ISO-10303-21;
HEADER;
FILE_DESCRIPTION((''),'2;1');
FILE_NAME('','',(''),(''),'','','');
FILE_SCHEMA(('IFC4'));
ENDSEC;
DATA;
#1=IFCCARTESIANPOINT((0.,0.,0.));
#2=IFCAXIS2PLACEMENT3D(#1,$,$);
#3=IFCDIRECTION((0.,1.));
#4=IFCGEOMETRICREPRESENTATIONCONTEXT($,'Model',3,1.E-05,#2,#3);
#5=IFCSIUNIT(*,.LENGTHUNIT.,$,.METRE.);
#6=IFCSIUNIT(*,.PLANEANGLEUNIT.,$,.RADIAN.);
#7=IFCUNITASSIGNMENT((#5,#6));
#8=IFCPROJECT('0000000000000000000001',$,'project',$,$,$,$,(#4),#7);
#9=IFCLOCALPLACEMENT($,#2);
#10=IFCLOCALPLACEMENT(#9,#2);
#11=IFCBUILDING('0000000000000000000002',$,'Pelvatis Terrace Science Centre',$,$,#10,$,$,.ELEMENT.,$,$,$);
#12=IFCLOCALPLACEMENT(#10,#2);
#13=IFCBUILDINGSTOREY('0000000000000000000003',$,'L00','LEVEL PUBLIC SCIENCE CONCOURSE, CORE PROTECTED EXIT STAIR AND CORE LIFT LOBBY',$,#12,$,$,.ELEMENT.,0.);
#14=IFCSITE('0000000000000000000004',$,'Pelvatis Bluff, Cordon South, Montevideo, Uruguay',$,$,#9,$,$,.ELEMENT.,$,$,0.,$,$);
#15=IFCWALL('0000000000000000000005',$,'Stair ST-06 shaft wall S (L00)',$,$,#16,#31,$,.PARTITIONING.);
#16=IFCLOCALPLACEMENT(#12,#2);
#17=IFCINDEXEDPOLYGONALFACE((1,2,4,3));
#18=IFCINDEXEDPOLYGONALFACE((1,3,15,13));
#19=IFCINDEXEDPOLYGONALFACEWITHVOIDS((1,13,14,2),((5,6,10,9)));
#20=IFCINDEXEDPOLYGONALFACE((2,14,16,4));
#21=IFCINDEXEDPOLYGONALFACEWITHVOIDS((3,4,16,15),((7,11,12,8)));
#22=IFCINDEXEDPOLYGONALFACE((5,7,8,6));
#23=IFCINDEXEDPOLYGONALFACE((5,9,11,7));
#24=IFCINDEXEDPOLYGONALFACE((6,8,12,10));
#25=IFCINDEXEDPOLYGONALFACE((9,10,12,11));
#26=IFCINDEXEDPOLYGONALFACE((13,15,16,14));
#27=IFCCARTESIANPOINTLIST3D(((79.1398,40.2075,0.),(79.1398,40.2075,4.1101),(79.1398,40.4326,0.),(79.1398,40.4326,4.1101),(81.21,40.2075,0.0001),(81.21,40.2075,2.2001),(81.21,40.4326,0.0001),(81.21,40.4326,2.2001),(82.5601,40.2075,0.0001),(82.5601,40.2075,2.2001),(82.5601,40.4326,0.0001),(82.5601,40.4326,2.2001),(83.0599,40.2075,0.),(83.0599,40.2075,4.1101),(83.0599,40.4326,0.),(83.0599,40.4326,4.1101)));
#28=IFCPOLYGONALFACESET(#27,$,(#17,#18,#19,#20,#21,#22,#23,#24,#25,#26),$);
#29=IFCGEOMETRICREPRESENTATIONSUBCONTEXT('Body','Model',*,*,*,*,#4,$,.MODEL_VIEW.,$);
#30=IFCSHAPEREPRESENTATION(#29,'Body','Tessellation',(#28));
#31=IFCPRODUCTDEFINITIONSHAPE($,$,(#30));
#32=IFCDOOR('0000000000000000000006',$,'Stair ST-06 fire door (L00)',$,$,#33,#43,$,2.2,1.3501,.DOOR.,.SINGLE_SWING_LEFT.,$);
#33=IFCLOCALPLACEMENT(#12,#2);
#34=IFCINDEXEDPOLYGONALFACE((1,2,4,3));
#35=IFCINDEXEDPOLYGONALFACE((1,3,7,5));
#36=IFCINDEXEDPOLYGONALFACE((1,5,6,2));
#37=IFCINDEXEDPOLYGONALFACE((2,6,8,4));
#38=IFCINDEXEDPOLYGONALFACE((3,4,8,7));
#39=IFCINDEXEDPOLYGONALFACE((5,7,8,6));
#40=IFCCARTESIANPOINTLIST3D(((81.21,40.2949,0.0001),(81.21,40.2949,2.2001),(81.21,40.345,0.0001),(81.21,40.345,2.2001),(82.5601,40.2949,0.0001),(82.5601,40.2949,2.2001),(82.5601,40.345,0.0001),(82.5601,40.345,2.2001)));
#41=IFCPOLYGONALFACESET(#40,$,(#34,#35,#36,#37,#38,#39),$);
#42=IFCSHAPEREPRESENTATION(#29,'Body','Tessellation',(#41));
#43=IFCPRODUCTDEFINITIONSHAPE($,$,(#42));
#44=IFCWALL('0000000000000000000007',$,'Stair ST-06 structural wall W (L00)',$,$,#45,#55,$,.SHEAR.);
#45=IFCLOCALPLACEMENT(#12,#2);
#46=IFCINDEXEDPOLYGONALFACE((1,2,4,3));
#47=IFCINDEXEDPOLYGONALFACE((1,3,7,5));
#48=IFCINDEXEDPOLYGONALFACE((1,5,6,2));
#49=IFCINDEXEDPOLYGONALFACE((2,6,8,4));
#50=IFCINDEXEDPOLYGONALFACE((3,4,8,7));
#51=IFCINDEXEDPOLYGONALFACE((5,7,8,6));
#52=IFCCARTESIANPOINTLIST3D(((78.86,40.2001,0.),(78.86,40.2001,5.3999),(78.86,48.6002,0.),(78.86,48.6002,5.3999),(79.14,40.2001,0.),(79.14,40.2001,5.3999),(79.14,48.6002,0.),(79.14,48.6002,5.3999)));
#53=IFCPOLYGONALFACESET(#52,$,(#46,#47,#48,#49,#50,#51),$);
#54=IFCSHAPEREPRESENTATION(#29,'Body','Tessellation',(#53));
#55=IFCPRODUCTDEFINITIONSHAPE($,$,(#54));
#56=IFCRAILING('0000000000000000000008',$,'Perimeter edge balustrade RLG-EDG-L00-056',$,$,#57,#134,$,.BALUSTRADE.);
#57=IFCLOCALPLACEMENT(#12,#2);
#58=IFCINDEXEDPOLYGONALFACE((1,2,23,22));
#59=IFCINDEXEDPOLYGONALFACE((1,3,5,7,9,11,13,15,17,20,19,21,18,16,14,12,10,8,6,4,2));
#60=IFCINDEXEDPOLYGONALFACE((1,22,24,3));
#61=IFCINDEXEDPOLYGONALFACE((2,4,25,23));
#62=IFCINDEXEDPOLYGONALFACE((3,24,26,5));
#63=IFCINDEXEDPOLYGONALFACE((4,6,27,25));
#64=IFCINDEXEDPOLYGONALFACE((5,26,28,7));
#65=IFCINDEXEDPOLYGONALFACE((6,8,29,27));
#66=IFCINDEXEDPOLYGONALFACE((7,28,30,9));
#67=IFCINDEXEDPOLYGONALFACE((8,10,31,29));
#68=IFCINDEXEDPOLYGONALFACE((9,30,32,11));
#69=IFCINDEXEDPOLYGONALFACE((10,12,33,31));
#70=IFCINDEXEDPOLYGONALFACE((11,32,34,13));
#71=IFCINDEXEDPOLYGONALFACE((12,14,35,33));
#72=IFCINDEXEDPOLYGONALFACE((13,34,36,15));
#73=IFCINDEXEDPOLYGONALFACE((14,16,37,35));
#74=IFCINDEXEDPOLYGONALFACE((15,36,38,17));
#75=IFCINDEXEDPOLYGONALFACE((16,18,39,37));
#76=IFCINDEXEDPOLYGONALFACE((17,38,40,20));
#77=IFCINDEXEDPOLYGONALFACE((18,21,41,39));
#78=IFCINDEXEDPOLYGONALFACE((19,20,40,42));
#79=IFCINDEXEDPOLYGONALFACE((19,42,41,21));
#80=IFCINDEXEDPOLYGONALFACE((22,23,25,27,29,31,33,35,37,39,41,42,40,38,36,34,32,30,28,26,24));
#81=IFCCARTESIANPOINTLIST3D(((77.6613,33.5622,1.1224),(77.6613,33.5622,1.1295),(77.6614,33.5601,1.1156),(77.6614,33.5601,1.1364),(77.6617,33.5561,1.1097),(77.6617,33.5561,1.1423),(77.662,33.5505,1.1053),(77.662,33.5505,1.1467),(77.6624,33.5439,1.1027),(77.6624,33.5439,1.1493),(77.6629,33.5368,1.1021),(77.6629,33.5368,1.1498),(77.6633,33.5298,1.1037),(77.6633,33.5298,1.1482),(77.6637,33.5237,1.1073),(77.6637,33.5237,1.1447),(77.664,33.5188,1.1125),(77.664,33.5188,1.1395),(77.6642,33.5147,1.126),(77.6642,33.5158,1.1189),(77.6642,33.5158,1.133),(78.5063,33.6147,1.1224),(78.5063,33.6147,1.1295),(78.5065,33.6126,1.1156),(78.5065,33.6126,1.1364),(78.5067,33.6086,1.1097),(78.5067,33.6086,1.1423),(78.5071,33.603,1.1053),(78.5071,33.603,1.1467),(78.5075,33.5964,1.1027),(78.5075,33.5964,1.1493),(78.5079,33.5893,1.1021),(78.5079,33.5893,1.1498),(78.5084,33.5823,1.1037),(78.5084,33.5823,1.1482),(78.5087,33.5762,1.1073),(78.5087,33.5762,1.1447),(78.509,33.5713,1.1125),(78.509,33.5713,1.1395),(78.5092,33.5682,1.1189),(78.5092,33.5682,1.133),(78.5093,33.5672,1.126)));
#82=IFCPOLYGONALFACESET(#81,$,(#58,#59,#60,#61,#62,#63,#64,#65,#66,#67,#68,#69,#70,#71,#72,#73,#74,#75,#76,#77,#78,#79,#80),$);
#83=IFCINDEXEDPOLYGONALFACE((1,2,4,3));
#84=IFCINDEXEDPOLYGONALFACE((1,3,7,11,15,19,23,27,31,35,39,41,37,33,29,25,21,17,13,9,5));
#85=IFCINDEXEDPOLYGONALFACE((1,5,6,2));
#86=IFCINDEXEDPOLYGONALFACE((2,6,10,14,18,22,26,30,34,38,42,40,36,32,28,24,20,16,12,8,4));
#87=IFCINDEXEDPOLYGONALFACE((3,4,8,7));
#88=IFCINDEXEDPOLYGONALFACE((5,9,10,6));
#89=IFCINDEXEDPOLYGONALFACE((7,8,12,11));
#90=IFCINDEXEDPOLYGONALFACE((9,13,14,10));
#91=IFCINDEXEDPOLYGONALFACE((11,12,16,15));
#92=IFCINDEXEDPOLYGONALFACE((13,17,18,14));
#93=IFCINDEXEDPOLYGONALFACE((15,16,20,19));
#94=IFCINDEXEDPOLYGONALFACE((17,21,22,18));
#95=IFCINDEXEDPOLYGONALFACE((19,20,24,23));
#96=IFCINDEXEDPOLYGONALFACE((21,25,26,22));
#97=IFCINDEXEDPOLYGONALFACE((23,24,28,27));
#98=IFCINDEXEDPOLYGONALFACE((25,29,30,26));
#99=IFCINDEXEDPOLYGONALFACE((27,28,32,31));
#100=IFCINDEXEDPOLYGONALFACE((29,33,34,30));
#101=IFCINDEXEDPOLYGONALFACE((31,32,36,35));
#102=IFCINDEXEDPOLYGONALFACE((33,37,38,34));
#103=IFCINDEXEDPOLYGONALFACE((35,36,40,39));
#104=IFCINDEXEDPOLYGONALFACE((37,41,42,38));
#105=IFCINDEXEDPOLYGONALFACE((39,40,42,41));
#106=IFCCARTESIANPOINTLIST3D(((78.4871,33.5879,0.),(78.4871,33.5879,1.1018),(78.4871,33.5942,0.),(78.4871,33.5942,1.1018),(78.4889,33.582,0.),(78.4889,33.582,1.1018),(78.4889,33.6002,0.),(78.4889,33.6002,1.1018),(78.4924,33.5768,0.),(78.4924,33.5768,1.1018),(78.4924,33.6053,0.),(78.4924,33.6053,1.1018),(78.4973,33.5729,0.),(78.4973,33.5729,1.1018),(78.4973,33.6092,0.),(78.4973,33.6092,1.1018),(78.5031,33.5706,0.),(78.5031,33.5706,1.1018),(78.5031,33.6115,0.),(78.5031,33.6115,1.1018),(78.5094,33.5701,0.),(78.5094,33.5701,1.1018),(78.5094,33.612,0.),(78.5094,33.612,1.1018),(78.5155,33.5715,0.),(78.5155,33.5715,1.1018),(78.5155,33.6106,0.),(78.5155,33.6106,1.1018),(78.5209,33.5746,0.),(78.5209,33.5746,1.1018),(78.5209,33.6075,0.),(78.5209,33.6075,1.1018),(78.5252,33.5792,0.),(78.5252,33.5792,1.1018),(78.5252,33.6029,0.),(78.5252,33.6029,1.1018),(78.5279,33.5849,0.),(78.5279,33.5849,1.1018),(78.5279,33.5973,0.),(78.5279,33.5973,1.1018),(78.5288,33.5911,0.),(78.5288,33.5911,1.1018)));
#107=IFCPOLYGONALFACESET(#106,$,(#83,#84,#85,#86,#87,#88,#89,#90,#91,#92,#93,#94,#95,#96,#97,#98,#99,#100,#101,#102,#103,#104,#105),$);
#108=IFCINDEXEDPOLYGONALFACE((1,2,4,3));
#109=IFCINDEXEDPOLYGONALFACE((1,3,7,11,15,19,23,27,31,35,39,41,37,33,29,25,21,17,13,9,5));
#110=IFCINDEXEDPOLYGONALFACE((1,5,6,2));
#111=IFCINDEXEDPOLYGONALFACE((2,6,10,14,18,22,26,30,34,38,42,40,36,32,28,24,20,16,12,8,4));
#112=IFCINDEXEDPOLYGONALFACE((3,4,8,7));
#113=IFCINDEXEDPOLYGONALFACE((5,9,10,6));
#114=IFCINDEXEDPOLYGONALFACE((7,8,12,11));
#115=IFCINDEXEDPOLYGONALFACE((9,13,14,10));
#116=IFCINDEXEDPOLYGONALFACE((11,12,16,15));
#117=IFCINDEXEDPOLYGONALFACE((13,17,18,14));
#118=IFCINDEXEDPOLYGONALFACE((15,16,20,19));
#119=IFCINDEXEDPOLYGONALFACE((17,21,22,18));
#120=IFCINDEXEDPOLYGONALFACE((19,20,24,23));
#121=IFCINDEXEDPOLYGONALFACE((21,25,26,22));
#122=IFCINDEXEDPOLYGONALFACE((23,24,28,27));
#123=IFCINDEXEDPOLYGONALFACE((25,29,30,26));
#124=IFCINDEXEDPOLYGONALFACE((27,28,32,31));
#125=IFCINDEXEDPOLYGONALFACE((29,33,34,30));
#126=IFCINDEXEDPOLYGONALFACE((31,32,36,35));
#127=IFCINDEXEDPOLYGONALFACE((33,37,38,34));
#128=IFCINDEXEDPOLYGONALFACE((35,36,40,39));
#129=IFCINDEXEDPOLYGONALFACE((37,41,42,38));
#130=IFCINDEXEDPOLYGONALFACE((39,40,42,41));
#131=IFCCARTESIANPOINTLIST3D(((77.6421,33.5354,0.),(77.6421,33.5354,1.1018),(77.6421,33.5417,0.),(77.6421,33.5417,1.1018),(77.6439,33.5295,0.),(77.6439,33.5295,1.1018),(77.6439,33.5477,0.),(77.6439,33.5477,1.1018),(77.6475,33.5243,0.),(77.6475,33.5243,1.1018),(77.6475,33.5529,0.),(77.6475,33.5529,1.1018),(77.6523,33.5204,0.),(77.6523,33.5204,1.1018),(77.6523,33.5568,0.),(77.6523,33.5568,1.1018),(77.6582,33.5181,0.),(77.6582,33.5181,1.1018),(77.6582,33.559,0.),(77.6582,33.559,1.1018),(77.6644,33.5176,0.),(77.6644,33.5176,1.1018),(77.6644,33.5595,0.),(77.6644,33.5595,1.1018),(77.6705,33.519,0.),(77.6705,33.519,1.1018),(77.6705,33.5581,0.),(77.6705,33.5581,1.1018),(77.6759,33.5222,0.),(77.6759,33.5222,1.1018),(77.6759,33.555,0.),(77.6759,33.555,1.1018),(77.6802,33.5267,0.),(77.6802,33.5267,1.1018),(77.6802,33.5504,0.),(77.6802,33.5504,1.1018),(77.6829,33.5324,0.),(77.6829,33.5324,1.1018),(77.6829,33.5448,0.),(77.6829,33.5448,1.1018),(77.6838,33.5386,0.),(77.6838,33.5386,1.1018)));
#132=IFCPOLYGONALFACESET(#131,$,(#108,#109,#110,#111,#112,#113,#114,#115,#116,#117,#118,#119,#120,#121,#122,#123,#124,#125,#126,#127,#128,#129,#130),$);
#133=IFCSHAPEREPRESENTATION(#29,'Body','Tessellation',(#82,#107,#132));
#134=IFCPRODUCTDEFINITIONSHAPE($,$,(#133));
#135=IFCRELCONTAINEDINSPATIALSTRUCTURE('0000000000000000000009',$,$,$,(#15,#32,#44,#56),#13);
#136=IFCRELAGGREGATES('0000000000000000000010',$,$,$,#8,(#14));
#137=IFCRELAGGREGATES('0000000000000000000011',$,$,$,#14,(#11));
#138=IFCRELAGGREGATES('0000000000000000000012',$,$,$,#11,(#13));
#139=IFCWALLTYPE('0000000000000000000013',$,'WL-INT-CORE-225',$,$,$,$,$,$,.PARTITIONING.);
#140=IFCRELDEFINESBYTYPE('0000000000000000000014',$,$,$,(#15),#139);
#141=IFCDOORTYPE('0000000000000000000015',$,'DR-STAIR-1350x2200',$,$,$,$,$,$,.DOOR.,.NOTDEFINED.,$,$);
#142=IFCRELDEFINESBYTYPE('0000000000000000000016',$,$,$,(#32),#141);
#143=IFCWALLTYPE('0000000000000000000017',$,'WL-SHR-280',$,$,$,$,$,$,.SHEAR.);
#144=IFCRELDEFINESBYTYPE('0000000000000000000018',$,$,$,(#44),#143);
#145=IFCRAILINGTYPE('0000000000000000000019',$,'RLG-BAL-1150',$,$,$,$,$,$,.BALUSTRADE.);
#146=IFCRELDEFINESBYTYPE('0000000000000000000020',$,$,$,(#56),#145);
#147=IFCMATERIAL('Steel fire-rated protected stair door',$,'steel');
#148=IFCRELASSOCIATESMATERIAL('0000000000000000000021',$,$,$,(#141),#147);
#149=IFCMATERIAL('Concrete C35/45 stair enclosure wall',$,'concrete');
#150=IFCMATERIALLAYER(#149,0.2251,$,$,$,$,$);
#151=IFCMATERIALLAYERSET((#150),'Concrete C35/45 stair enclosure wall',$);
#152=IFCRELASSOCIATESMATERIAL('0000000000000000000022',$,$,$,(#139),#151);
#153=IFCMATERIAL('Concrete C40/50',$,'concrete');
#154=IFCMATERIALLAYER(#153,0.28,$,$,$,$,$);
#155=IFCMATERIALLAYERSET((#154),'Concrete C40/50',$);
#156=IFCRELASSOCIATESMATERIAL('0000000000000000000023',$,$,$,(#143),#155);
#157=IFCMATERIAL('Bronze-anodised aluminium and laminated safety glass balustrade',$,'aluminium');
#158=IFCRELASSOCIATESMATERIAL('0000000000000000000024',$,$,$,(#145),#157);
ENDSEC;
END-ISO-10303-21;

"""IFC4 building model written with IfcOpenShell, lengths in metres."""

from ifc_helpers import new_model, si_unit, direction, frame, frame_2d, origin, origin_2d, place, context, subcontext, project, spatial, rectangle, circle, extrude, material, layer, layer_set, type_object, element, fill, save


model = new_model("IFC4")

# Units and contexts
model_context = context("Model", 3, precision=1e-05, world=origin(), true_north=direction((0.0, 1.0)))
body_context = subcontext(model_context, "Body", "Model", "MODEL_VIEW")
ifc_project = project(units=[si_unit("LENGTHUNIT", "METRE"), si_unit("PLANEANGLEUNIT", "RADIAN")], contexts=[model_context])

# Site, building, storey
site_placement = place(None, origin())
site = spatial("IfcSite", under=ifc_project, at=site_placement, Name="Pelvatis Bluff, Cordon South, Montevideo, Uruguay", CompositionType="ELEMENT", RefElevation=0.0)
building_placement = place(site_placement, origin())
building = spatial("IfcBuilding", under=site, at=building_placement, Name="Pelvatis Terrace Science Centre", CompositionType="ELEMENT")
storey_placement = place(building_placement, origin())
storey = spatial("IfcBuildingStorey", under=building, at=storey_placement, Name="L00", Description="LEVEL PUBLIC SCIENCE CONCOURSE, CORE PROTECTED EXIT STAIR AND CORE LIFT LOBBY", CompositionType="ELEMENT", Elevation=0.0)

# Wall, opening, door
ifc_material_1 = material(Name="Steel fire-rated protected stair door", Category="steel")
door_type = type_object("IfcDoorType", Name="DR-STAIR-1350x2200", OperationType="NOTDEFINED", PredefinedType="DOOR", material=ifc_material_1)
ifc_material_2 = material(Name="Concrete C35/45 stair enclosure wall", Category="concrete")
ifc_layer_1 = layer(ifc_material_2, 0.2251)
ifc_layer_set_1 = layer_set([ifc_layer_1], Name="Concrete C35/45 stair enclosure wall")
wall_type_1 = type_object("IfcWallType", Name="WL-INT-CORE-225", PredefinedType="PARTITIONING", material=ifc_layer_set_1)
wall_1_placement = place(storey_placement, frame((79.1399, 40.3201, 0.0), z_axis=(0.0, 0.0, 1.0), x_axis=(1.0, 0.0, 0.0)))
wall_1 = element("IfcWall", 1, at=wall_1_placement, inside=storey, type_object=wall_type_1, Name="Stair ST-06 shaft wall S (L00)", PredefinedType="PARTITIONING", context=body_context, shape_type="SweptSolid", body=[
    extrude(rectangle(XDim=3.9202, YDim=0.2251, at=frame_2d((1.96, 0.0))), origin(), (0.0, 0.0, 1.0), 4.1101),
])
opening_1_placement = place(wall_1_placement, frame((2.0701, 0.0, 0.0)))
opening_1 = element("IfcOpeningElement", 2, at=opening_1_placement, cuts=wall_1, PredefinedType="OPENING", context=body_context, shape_type="SweptSolid", body=[
    extrude(rectangle(XDim=1.3501, YDim=2.2, at=frame_2d((0.675, 1.1001))), frame((0.0, 0.1226, 0.0), z_axis=(0.0, -1.0, 0.0), x_axis=(1.0, 0.0, 0.0)), (0.0, 0.0, 1.0), 0.2451),
])
door_1_placement = place(opening_1_placement, origin())
door_1 = element("IfcDoor", 3, at=door_1_placement, inside=storey, type_object=door_type, Name="Stair ST-06 fire door (L00)", OperationType="SINGLE_SWING_LEFT", OverallHeight=2.2, OverallWidth=1.3501, PredefinedType="DOOR", context=body_context, shape_type="SweptSolid", body=[
    extrude(rectangle(XDim=1.3501, YDim=2.2, at=frame_2d((0.675, 1.1001))), frame((0.0, 0.0249, 0.0), z_axis=(0.0, -1.0, 0.0), x_axis=(1.0, 0.0, 0.0)), (0.0, 0.0, 1.0), 0.05),
])
fill(opening_1, door_1)

# Wall
ifc_material_3 = material(Name="Concrete C40/50", Category="concrete")
ifc_layer_2 = layer(ifc_material_3, 0.28)
ifc_layer_set_2 = layer_set([ifc_layer_2], Name="Concrete C40/50")
wall_type_2 = type_object("IfcWallType", Name="WL-SHR-280", PredefinedType="SHEAR", material=ifc_layer_set_2)
wall_2_placement = place(storey_placement, frame((79.0, 40.2, 0.0), z_axis=(0.0, 0.0, 1.0), x_axis=(0.0, 1.0, 0.0)))
element("IfcWall", 4, at=wall_2_placement, inside=storey, type_object=wall_type_2, Name="Stair ST-06 structural wall W (L00)", PredefinedType="SHEAR", context=body_context, shape_type="SweptSolid", body=[
    extrude(rectangle(XDim=8.4001, YDim=0.28, at=frame_2d((4.2002, 0.0))), origin(), (0.0, 0.0, 1.0), 5.3999),
])

# Railing
ifc_material_4 = material(Name="Bronze-anodised aluminium and laminated safety glass balustrade", Category="aluminium")
railing_type = type_object("IfcRailingType", Name="RLG-BAL-1150", PredefinedType="BALUSTRADE", material=ifc_material_4)
railing_1_placement = place(storey_placement, frame((78.5078, 33.5911, 0.0)))
element("IfcRailing", 5, at=railing_1_placement, inside=storey, type_object=railing_type, Name="Perimeter edge balustrade RLG-EDG-L00-056", PredefinedType="BALUSTRADE", context=body_context, shape_type="SweptSolid", body=[
    extrude(circle(Radius=0.0239, at=origin_2d()), frame((0.0, 0.0, 1.126), z_axis=(-0.998076, -0.062001, 0.0), x_axis=(0.062001, -0.998076, 0.0)), (0.0, 0.0, 1.0), 0.8467),
    extrude(circle(Radius=0.021, at=origin_2d()), origin(), (0.0, 0.0, 1.0), 1.1018),
    extrude(circle(Radius=0.021, at=origin_2d()), frame((-0.845, -0.0525, 0.0)), (0.0, 0.0, 1.0), 1.1018),
])

save(model, "model.ifc")
